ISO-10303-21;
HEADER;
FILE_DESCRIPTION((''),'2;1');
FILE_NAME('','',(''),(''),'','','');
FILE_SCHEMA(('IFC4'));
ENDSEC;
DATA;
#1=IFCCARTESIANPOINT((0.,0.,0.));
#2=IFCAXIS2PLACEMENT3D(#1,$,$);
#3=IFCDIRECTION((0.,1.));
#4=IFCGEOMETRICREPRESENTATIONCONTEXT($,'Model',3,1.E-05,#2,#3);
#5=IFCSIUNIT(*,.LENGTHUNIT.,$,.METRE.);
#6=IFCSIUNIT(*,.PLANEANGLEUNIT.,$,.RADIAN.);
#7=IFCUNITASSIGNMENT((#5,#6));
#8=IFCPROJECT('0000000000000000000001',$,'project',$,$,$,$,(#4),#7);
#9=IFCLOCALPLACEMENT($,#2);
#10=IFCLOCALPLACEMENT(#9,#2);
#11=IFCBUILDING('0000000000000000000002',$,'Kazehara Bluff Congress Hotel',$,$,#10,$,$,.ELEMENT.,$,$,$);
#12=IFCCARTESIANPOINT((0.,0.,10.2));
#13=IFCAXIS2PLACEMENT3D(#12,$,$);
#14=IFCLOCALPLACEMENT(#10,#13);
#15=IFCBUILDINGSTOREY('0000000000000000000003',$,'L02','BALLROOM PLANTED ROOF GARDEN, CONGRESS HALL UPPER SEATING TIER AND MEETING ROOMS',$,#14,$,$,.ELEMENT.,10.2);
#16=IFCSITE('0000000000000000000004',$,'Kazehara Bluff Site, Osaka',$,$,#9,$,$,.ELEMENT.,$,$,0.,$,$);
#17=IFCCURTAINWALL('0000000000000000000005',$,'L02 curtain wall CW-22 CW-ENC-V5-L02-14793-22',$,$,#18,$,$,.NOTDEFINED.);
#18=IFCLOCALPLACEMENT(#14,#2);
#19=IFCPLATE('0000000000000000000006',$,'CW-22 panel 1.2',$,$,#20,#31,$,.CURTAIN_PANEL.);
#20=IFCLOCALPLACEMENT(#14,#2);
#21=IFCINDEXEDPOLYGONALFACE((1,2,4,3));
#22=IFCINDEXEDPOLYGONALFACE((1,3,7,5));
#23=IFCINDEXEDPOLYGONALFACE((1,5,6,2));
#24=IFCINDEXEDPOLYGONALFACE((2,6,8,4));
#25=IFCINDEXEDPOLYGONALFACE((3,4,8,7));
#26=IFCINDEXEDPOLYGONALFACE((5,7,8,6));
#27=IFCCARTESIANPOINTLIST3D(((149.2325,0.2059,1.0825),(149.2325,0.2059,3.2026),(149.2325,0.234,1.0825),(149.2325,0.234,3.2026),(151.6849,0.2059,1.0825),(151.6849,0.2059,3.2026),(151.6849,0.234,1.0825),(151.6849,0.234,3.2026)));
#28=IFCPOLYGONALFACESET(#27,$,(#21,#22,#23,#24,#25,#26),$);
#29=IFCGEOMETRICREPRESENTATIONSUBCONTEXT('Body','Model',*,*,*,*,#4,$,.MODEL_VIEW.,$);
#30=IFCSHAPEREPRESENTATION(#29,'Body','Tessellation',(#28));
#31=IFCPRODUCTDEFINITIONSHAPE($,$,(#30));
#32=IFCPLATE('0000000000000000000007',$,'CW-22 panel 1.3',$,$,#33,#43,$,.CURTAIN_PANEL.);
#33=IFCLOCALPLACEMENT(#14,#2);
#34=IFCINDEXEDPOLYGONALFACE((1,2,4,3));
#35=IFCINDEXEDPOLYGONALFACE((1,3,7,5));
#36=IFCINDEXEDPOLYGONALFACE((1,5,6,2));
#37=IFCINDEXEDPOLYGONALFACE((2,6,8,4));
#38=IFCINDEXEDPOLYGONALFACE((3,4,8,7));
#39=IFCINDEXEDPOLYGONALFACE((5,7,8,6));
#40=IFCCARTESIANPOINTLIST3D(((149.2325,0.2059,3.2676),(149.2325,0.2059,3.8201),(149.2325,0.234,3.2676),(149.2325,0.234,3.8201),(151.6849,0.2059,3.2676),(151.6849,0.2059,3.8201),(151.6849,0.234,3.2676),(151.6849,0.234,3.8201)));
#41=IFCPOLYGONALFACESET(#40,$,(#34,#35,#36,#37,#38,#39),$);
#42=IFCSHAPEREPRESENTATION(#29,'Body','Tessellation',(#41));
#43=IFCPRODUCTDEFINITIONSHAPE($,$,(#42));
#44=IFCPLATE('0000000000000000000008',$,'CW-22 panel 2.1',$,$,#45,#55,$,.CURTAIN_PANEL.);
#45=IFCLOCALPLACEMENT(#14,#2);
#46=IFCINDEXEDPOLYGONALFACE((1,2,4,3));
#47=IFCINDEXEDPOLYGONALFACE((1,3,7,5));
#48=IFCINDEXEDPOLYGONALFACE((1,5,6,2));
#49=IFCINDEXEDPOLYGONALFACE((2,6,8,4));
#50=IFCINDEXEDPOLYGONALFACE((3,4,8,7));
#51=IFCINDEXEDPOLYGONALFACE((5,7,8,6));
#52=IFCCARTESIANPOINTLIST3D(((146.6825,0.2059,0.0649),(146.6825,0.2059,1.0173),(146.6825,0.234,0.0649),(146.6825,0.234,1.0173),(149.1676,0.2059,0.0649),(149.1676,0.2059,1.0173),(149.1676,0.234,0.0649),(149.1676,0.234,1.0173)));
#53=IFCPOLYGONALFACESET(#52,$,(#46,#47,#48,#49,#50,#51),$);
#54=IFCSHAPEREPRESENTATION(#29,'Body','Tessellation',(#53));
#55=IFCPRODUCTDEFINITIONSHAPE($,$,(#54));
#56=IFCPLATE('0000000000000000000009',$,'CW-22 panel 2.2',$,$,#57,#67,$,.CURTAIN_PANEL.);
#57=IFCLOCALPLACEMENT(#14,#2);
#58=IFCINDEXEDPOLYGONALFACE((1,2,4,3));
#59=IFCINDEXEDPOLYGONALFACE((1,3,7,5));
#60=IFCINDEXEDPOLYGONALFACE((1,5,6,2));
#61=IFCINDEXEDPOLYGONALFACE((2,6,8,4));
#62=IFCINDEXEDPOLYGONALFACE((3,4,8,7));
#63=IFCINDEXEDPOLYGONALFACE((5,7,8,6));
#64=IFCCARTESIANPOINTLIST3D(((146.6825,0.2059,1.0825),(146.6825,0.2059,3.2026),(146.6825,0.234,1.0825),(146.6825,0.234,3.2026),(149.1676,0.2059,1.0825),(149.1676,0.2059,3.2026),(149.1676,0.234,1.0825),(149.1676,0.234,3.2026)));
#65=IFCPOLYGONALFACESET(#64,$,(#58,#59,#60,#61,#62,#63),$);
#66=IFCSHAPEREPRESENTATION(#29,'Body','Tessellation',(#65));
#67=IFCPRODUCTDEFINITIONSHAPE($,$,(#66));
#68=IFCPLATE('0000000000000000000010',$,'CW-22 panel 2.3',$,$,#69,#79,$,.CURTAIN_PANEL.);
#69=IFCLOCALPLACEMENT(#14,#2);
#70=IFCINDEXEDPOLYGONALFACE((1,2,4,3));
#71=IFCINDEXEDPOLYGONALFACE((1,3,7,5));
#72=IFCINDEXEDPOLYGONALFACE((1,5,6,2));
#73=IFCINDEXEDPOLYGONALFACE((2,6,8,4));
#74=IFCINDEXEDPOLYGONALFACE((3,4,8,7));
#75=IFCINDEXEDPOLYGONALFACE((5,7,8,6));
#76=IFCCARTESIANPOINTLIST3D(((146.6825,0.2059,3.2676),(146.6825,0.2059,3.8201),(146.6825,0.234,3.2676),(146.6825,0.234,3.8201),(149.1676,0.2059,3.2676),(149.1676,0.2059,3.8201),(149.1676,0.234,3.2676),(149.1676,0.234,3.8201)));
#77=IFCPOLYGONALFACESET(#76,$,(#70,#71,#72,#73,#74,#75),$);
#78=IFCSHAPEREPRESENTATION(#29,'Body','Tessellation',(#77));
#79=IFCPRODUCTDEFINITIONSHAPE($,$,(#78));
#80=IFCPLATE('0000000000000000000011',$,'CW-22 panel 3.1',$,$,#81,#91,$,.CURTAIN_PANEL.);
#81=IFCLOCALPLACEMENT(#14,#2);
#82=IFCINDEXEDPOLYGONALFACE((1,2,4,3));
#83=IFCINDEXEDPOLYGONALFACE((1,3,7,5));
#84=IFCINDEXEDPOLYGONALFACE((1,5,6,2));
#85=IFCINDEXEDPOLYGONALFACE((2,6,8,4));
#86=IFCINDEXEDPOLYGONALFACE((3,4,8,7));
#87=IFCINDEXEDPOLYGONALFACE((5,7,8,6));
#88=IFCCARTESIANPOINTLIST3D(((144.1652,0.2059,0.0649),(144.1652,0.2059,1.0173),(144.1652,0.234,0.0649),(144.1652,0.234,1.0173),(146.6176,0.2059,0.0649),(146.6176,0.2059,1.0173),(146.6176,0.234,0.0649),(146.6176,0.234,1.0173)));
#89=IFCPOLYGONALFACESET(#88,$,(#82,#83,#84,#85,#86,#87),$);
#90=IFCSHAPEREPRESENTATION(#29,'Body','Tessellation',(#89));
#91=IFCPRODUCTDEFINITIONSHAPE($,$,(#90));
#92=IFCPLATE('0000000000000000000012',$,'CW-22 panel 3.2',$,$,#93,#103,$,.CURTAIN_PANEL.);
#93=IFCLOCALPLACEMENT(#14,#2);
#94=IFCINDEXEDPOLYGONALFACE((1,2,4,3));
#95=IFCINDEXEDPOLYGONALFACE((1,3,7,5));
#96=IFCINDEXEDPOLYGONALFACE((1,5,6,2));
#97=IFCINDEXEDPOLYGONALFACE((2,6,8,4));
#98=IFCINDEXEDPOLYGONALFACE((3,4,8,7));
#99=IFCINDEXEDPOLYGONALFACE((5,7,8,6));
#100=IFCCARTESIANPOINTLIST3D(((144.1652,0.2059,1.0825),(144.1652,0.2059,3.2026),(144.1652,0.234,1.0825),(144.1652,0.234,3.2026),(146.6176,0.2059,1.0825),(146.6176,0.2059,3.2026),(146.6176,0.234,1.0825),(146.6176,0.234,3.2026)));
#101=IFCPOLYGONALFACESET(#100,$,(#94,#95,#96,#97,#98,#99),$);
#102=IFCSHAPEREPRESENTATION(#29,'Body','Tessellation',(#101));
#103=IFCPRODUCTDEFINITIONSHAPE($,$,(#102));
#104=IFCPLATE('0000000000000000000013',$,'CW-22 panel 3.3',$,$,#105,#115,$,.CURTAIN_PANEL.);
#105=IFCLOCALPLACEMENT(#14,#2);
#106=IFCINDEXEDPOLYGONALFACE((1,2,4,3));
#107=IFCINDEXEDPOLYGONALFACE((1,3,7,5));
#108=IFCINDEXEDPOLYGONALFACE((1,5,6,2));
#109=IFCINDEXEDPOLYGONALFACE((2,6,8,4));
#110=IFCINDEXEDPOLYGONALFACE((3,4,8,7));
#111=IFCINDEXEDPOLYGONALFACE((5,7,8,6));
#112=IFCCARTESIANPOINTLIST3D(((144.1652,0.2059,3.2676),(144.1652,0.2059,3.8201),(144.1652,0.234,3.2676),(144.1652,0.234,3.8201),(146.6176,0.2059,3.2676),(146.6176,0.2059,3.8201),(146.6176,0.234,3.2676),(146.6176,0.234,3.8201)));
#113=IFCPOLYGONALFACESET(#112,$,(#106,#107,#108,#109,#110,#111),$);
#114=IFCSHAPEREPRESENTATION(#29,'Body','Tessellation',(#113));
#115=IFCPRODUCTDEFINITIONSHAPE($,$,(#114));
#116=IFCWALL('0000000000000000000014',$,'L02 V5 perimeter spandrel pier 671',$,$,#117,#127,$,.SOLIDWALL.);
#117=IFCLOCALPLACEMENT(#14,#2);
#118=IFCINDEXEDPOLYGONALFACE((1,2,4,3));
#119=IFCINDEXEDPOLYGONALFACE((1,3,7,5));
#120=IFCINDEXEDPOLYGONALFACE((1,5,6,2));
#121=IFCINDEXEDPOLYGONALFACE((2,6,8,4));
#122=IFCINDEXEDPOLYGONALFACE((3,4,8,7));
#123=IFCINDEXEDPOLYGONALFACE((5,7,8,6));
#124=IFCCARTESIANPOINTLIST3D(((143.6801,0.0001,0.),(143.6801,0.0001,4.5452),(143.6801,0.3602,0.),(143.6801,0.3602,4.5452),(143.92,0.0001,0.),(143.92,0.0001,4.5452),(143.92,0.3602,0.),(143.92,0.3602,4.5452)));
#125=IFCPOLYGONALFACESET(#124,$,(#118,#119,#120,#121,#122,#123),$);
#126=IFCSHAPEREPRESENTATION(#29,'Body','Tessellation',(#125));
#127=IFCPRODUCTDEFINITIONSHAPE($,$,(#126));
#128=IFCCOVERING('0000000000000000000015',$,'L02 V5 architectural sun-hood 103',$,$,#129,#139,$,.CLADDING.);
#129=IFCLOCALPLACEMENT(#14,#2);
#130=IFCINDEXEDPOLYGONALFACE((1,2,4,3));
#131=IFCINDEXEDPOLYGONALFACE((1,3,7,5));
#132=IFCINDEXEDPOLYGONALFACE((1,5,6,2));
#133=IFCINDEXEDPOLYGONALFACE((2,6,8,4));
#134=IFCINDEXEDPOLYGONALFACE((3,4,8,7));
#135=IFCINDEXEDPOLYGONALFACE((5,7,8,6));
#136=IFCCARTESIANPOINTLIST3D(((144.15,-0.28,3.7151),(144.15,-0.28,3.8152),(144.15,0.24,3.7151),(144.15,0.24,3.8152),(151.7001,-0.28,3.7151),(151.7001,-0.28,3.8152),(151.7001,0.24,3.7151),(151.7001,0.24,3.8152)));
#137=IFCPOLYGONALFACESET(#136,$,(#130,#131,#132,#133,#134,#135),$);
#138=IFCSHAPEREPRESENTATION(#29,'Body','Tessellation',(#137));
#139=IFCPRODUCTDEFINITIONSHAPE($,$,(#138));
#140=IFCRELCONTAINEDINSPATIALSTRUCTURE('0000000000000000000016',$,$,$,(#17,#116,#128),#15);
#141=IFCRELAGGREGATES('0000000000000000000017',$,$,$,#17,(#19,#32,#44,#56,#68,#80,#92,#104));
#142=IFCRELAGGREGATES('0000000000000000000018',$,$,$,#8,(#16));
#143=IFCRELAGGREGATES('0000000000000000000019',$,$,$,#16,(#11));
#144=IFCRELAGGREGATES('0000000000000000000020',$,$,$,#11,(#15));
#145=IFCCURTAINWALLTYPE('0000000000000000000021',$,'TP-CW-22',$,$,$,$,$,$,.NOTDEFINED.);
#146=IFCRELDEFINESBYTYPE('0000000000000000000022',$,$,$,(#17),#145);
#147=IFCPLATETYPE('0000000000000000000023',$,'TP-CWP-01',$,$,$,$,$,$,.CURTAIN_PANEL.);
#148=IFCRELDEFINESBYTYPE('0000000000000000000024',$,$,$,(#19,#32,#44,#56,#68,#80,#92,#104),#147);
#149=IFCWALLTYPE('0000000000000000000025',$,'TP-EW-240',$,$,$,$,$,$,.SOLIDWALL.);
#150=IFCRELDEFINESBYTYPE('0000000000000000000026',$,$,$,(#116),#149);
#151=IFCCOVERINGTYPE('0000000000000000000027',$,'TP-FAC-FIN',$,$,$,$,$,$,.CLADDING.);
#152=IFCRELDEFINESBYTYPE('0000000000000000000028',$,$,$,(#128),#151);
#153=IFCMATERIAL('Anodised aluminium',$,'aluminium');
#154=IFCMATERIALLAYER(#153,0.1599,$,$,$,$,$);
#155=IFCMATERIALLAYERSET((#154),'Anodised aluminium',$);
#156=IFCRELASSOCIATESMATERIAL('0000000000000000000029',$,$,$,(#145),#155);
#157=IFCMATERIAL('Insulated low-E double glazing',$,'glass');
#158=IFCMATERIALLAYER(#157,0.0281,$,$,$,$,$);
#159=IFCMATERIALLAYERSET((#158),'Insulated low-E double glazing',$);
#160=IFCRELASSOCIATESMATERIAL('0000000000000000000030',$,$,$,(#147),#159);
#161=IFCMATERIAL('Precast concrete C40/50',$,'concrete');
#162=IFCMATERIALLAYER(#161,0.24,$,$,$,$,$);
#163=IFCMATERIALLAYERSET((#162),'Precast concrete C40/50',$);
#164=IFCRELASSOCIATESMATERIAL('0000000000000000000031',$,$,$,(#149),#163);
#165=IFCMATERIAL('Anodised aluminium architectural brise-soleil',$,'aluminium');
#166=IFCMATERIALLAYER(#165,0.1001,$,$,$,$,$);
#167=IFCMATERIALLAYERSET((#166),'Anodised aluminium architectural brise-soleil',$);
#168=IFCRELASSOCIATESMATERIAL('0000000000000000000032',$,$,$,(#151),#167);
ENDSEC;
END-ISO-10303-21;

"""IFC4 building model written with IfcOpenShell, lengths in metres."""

from ifc_helpers import new_model, si_unit, direction, frame, frame_2d, origin, origin_2d, place, context, subcontext, project, spatial, rectangle, extrude, material, layer, layer_set, type_object, element, aggregate, save


model = new_model("IFC4")

# Units and contexts
model_context = context("Model", 3, precision=1e-05, world=origin(), true_north=direction((0.0, 1.0)))
body_context = subcontext(model_context, "Body", "Model", "MODEL_VIEW")
ifc_project = project(units=[si_unit("LENGTHUNIT", "METRE"), si_unit("PLANEANGLEUNIT", "RADIAN")], contexts=[model_context])

# Site, building, storey
site_placement = place(None, origin())
site = spatial("IfcSite", under=ifc_project, at=site_placement, Name="Kazehara Bluff Site, Osaka", CompositionType="ELEMENT", RefElevation=0.0)
building_placement = place(site_placement, origin())
building = spatial("IfcBuilding", under=site, at=building_placement, Name="Kazehara Bluff Congress Hotel", CompositionType="ELEMENT")
storey_placement = place(building_placement, frame((0.0, 0.0, 10.2)))
storey = spatial("IfcBuildingStorey", under=building, at=storey_placement, Name="L02", Description="BALLROOM PLANTED ROOF GARDEN, CONGRESS HALL UPPER SEATING TIER AND MEETING ROOMS", CompositionType="ELEMENT", Elevation=10.2)

# Curtain wall
ifc_material_1 = material(Name="Anodised aluminium", Category="aluminium")
ifc_layer_1 = layer(ifc_material_1, 0.1599)
ifc_layer_set_1 = layer_set([ifc_layer_1], Name="Anodised aluminium")
curtain_wall_type_1 = type_object("IfcCurtainWallType", Name="TP-CW-22", PredefinedType="NOTDEFINED", material=ifc_layer_set_1)
curtain_wall_1_placement = place(storey_placement, origin())
curtain_wall_1 = element("IfcCurtainWall", 1, at=curtain_wall_1_placement, inside=storey, type_object=curtain_wall_type_1, Name="L02 curtain wall CW-22 CW-ENC-V5-L02-14793-22", PredefinedType="NOTDEFINED")

# Plates
ifc_material_2 = material(Name="Insulated low-E double glazing", Category="glass")
ifc_layer_2 = layer(ifc_material_2, 0.0281)
ifc_layer_set_2 = layer_set([ifc_layer_2], Name="Insulated low-E double glazing")
plate_type = type_object("IfcPlateType", Name="TP-CWP-01", PredefinedType="CURTAIN_PANEL", material=ifc_layer_set_2)
plate_1_placement = place(storey_placement, frame((150.4587, 0.22, 1.0825), z_axis=(0.0, 0.0, 1.0), x_axis=(-1.0, 0.0, 0.0)))
plate_1 = element("IfcPlate", 2, at=plate_1_placement, type_object=plate_type, Name="CW-22 panel 1.2", PredefinedType="CURTAIN_PANEL", context=body_context, shape_type="SweptSolid", body=[
    extrude(rectangle(XDim=2.4524, YDim=0.0281, at=origin_2d()), origin(), (0.0, 0.0, 1.0), 2.1201),
])
plate_2_placement = place(storey_placement, frame((150.4587, 0.22, 3.2676), z_axis=(0.0, 0.0, 1.0), x_axis=(-1.0, 0.0, 0.0)))
plate_2 = element("IfcPlate", 3, at=plate_2_placement, type_object=plate_type, Name="CW-22 panel 1.3", PredefinedType="CURTAIN_PANEL", context=body_context, shape_type="SweptSolid", body=[
    extrude(rectangle(XDim=2.4524, YDim=0.0281, at=origin_2d()), origin(), (0.0, 0.0, 1.0), 0.5525),
])
plate_3_placement = place(storey_placement, frame((147.925, 0.22, 0.0649), z_axis=(0.0, 0.0, 1.0), x_axis=(-1.0, 0.0, 0.0)))
plate_3 = element("IfcPlate", 4, at=plate_3_placement, type_object=plate_type, Name="CW-22 panel 2.1", PredefinedType="CURTAIN_PANEL", context=body_context, shape_type="SweptSolid", body=[
    extrude(rectangle(XDim=2.4851, YDim=0.0281, at=origin_2d()), origin(), (0.0, 0.0, 1.0), 0.9524),
])
plate_4_placement = place(storey_placement, frame((147.925, 0.22, 1.0825), z_axis=(0.0, 0.0, 1.0), x_axis=(-1.0, 0.0, 0.0)))
plate_4 = element("IfcPlate", 5, at=plate_4_placement, type_object=plate_type, Name="CW-22 panel 2.2", PredefinedType="CURTAIN_PANEL", context=body_context, shape_type="SweptSolid", body=[
    extrude(rectangle(XDim=2.4851, YDim=0.0281, at=origin_2d()), origin(), (0.0, 0.0, 1.0), 2.1201),
])
plate_5_placement = place(storey_placement, frame((147.925, 0.22, 3.2676), z_axis=(0.0, 0.0, 1.0), x_axis=(-1.0, 0.0, 0.0)))
plate_5 = element("IfcPlate", 6, at=plate_5_placement, type_object=plate_type, Name="CW-22 panel 2.3", PredefinedType="CURTAIN_PANEL", context=body_context, shape_type="SweptSolid", body=[
    extrude(rectangle(XDim=2.4851, YDim=0.0281, at=origin_2d()), origin(), (0.0, 0.0, 1.0), 0.5525),
])
plate_6_placement = place(storey_placement, frame((145.3914, 0.22, 0.0649), z_axis=(0.0, 0.0, 1.0), x_axis=(-1.0, 0.0, 0.0)))
plate_6 = element("IfcPlate", 7, at=plate_6_placement, type_object=plate_type, Name="CW-22 panel 3.1", PredefinedType="CURTAIN_PANEL", context=body_context, shape_type="SweptSolid", body=[
    extrude(rectangle(XDim=2.4524, YDim=0.0281, at=origin_2d()), origin(), (0.0, 0.0, 1.0), 0.9524),
])
plate_7_placement = place(storey_placement, frame((145.3914, 0.22, 1.0825), z_axis=(0.0, 0.0, 1.0), x_axis=(-1.0, 0.0, 0.0)))
plate_7 = element("IfcPlate", 8, at=plate_7_placement, type_object=plate_type, Name="CW-22 panel 3.2", PredefinedType="CURTAIN_PANEL", context=body_context, shape_type="SweptSolid", body=[
    extrude(rectangle(XDim=2.4524, YDim=0.0281, at=origin_2d()), origin(), (0.0, 0.0, 1.0), 2.1201),
])
plate_8_placement = place(storey_placement, frame((145.3914, 0.22, 3.2676), z_axis=(0.0, 0.0, 1.0), x_axis=(-1.0, 0.0, 0.0)))
plate_8 = element("IfcPlate", 9, at=plate_8_placement, type_object=plate_type, Name="CW-22 panel 3.3", PredefinedType="CURTAIN_PANEL", context=body_context, shape_type="SweptSolid", body=[
    extrude(rectangle(XDim=2.4524, YDim=0.0281, at=origin_2d()), origin(), (0.0, 0.0, 1.0), 0.5525),
])
aggregate(curtain_wall_1, [plate_1, plate_2, plate_3, plate_4, plate_5, plate_6, plate_7, plate_8])

# Wall
ifc_material_3 = material(Name="Precast concrete C40/50", Category="concrete")
ifc_layer_3 = layer(ifc_material_3, 0.24)
ifc_layer_set_3 = layer_set([ifc_layer_3], Name="Precast concrete C40/50")
wall_type = type_object("IfcWallType", Name="TP-EW-240", PredefinedType="SOLIDWALL", material=ifc_layer_set_3)
wall_placement = place(storey_placement, frame((143.8, 0.0, 0.0), z_axis=(0.0, 0.0, 1.0), x_axis=(0.0, 1.0, 0.0)))
element("IfcWall", 10, at=wall_placement, inside=storey, type_object=wall_type, Name="L02 V5 perimeter spandrel pier 671", PredefinedType="SOLIDWALL", context=body_context, shape_type="SweptSolid", body=[
    extrude(rectangle(XDim=0.3601, YDim=0.24, at=frame_2d((0.1802, 0.0))), origin(), (0.0, 0.0, 1.0), 4.5452),
])

# Covering
ifc_material_4 = material(Name="Anodised aluminium architectural brise-soleil", Category="aluminium")
ifc_layer_4 = layer(ifc_material_4, 0.1001)
ifc_layer_set_4 = layer_set([ifc_layer_4], Name="Anodised aluminium architectural brise-soleil")
covering_type = type_object("IfcCoveringType", Name="TP-FAC-FIN", PredefinedType="CLADDING", material=ifc_layer_set_4)
covering_placement = place(storey_placement, frame((147.925, -0.02, 3.7151), z_axis=(0.0, 0.0, 1.0), x_axis=(1.0, 0.0, 0.0)))
element("IfcCovering", 11, at=covering_placement, inside=storey, type_object=covering_type, Name="L02 V5 architectural sun-hood 103", PredefinedType="CLADDING", context=body_context, shape_type="SweptSolid", body=[
    extrude(rectangle(XDim=7.55, YDim=0.52, at=origin_2d()), origin(), (0.0, 0.0, 1.0), 0.1001),
])

save(model, "model.ifc")
